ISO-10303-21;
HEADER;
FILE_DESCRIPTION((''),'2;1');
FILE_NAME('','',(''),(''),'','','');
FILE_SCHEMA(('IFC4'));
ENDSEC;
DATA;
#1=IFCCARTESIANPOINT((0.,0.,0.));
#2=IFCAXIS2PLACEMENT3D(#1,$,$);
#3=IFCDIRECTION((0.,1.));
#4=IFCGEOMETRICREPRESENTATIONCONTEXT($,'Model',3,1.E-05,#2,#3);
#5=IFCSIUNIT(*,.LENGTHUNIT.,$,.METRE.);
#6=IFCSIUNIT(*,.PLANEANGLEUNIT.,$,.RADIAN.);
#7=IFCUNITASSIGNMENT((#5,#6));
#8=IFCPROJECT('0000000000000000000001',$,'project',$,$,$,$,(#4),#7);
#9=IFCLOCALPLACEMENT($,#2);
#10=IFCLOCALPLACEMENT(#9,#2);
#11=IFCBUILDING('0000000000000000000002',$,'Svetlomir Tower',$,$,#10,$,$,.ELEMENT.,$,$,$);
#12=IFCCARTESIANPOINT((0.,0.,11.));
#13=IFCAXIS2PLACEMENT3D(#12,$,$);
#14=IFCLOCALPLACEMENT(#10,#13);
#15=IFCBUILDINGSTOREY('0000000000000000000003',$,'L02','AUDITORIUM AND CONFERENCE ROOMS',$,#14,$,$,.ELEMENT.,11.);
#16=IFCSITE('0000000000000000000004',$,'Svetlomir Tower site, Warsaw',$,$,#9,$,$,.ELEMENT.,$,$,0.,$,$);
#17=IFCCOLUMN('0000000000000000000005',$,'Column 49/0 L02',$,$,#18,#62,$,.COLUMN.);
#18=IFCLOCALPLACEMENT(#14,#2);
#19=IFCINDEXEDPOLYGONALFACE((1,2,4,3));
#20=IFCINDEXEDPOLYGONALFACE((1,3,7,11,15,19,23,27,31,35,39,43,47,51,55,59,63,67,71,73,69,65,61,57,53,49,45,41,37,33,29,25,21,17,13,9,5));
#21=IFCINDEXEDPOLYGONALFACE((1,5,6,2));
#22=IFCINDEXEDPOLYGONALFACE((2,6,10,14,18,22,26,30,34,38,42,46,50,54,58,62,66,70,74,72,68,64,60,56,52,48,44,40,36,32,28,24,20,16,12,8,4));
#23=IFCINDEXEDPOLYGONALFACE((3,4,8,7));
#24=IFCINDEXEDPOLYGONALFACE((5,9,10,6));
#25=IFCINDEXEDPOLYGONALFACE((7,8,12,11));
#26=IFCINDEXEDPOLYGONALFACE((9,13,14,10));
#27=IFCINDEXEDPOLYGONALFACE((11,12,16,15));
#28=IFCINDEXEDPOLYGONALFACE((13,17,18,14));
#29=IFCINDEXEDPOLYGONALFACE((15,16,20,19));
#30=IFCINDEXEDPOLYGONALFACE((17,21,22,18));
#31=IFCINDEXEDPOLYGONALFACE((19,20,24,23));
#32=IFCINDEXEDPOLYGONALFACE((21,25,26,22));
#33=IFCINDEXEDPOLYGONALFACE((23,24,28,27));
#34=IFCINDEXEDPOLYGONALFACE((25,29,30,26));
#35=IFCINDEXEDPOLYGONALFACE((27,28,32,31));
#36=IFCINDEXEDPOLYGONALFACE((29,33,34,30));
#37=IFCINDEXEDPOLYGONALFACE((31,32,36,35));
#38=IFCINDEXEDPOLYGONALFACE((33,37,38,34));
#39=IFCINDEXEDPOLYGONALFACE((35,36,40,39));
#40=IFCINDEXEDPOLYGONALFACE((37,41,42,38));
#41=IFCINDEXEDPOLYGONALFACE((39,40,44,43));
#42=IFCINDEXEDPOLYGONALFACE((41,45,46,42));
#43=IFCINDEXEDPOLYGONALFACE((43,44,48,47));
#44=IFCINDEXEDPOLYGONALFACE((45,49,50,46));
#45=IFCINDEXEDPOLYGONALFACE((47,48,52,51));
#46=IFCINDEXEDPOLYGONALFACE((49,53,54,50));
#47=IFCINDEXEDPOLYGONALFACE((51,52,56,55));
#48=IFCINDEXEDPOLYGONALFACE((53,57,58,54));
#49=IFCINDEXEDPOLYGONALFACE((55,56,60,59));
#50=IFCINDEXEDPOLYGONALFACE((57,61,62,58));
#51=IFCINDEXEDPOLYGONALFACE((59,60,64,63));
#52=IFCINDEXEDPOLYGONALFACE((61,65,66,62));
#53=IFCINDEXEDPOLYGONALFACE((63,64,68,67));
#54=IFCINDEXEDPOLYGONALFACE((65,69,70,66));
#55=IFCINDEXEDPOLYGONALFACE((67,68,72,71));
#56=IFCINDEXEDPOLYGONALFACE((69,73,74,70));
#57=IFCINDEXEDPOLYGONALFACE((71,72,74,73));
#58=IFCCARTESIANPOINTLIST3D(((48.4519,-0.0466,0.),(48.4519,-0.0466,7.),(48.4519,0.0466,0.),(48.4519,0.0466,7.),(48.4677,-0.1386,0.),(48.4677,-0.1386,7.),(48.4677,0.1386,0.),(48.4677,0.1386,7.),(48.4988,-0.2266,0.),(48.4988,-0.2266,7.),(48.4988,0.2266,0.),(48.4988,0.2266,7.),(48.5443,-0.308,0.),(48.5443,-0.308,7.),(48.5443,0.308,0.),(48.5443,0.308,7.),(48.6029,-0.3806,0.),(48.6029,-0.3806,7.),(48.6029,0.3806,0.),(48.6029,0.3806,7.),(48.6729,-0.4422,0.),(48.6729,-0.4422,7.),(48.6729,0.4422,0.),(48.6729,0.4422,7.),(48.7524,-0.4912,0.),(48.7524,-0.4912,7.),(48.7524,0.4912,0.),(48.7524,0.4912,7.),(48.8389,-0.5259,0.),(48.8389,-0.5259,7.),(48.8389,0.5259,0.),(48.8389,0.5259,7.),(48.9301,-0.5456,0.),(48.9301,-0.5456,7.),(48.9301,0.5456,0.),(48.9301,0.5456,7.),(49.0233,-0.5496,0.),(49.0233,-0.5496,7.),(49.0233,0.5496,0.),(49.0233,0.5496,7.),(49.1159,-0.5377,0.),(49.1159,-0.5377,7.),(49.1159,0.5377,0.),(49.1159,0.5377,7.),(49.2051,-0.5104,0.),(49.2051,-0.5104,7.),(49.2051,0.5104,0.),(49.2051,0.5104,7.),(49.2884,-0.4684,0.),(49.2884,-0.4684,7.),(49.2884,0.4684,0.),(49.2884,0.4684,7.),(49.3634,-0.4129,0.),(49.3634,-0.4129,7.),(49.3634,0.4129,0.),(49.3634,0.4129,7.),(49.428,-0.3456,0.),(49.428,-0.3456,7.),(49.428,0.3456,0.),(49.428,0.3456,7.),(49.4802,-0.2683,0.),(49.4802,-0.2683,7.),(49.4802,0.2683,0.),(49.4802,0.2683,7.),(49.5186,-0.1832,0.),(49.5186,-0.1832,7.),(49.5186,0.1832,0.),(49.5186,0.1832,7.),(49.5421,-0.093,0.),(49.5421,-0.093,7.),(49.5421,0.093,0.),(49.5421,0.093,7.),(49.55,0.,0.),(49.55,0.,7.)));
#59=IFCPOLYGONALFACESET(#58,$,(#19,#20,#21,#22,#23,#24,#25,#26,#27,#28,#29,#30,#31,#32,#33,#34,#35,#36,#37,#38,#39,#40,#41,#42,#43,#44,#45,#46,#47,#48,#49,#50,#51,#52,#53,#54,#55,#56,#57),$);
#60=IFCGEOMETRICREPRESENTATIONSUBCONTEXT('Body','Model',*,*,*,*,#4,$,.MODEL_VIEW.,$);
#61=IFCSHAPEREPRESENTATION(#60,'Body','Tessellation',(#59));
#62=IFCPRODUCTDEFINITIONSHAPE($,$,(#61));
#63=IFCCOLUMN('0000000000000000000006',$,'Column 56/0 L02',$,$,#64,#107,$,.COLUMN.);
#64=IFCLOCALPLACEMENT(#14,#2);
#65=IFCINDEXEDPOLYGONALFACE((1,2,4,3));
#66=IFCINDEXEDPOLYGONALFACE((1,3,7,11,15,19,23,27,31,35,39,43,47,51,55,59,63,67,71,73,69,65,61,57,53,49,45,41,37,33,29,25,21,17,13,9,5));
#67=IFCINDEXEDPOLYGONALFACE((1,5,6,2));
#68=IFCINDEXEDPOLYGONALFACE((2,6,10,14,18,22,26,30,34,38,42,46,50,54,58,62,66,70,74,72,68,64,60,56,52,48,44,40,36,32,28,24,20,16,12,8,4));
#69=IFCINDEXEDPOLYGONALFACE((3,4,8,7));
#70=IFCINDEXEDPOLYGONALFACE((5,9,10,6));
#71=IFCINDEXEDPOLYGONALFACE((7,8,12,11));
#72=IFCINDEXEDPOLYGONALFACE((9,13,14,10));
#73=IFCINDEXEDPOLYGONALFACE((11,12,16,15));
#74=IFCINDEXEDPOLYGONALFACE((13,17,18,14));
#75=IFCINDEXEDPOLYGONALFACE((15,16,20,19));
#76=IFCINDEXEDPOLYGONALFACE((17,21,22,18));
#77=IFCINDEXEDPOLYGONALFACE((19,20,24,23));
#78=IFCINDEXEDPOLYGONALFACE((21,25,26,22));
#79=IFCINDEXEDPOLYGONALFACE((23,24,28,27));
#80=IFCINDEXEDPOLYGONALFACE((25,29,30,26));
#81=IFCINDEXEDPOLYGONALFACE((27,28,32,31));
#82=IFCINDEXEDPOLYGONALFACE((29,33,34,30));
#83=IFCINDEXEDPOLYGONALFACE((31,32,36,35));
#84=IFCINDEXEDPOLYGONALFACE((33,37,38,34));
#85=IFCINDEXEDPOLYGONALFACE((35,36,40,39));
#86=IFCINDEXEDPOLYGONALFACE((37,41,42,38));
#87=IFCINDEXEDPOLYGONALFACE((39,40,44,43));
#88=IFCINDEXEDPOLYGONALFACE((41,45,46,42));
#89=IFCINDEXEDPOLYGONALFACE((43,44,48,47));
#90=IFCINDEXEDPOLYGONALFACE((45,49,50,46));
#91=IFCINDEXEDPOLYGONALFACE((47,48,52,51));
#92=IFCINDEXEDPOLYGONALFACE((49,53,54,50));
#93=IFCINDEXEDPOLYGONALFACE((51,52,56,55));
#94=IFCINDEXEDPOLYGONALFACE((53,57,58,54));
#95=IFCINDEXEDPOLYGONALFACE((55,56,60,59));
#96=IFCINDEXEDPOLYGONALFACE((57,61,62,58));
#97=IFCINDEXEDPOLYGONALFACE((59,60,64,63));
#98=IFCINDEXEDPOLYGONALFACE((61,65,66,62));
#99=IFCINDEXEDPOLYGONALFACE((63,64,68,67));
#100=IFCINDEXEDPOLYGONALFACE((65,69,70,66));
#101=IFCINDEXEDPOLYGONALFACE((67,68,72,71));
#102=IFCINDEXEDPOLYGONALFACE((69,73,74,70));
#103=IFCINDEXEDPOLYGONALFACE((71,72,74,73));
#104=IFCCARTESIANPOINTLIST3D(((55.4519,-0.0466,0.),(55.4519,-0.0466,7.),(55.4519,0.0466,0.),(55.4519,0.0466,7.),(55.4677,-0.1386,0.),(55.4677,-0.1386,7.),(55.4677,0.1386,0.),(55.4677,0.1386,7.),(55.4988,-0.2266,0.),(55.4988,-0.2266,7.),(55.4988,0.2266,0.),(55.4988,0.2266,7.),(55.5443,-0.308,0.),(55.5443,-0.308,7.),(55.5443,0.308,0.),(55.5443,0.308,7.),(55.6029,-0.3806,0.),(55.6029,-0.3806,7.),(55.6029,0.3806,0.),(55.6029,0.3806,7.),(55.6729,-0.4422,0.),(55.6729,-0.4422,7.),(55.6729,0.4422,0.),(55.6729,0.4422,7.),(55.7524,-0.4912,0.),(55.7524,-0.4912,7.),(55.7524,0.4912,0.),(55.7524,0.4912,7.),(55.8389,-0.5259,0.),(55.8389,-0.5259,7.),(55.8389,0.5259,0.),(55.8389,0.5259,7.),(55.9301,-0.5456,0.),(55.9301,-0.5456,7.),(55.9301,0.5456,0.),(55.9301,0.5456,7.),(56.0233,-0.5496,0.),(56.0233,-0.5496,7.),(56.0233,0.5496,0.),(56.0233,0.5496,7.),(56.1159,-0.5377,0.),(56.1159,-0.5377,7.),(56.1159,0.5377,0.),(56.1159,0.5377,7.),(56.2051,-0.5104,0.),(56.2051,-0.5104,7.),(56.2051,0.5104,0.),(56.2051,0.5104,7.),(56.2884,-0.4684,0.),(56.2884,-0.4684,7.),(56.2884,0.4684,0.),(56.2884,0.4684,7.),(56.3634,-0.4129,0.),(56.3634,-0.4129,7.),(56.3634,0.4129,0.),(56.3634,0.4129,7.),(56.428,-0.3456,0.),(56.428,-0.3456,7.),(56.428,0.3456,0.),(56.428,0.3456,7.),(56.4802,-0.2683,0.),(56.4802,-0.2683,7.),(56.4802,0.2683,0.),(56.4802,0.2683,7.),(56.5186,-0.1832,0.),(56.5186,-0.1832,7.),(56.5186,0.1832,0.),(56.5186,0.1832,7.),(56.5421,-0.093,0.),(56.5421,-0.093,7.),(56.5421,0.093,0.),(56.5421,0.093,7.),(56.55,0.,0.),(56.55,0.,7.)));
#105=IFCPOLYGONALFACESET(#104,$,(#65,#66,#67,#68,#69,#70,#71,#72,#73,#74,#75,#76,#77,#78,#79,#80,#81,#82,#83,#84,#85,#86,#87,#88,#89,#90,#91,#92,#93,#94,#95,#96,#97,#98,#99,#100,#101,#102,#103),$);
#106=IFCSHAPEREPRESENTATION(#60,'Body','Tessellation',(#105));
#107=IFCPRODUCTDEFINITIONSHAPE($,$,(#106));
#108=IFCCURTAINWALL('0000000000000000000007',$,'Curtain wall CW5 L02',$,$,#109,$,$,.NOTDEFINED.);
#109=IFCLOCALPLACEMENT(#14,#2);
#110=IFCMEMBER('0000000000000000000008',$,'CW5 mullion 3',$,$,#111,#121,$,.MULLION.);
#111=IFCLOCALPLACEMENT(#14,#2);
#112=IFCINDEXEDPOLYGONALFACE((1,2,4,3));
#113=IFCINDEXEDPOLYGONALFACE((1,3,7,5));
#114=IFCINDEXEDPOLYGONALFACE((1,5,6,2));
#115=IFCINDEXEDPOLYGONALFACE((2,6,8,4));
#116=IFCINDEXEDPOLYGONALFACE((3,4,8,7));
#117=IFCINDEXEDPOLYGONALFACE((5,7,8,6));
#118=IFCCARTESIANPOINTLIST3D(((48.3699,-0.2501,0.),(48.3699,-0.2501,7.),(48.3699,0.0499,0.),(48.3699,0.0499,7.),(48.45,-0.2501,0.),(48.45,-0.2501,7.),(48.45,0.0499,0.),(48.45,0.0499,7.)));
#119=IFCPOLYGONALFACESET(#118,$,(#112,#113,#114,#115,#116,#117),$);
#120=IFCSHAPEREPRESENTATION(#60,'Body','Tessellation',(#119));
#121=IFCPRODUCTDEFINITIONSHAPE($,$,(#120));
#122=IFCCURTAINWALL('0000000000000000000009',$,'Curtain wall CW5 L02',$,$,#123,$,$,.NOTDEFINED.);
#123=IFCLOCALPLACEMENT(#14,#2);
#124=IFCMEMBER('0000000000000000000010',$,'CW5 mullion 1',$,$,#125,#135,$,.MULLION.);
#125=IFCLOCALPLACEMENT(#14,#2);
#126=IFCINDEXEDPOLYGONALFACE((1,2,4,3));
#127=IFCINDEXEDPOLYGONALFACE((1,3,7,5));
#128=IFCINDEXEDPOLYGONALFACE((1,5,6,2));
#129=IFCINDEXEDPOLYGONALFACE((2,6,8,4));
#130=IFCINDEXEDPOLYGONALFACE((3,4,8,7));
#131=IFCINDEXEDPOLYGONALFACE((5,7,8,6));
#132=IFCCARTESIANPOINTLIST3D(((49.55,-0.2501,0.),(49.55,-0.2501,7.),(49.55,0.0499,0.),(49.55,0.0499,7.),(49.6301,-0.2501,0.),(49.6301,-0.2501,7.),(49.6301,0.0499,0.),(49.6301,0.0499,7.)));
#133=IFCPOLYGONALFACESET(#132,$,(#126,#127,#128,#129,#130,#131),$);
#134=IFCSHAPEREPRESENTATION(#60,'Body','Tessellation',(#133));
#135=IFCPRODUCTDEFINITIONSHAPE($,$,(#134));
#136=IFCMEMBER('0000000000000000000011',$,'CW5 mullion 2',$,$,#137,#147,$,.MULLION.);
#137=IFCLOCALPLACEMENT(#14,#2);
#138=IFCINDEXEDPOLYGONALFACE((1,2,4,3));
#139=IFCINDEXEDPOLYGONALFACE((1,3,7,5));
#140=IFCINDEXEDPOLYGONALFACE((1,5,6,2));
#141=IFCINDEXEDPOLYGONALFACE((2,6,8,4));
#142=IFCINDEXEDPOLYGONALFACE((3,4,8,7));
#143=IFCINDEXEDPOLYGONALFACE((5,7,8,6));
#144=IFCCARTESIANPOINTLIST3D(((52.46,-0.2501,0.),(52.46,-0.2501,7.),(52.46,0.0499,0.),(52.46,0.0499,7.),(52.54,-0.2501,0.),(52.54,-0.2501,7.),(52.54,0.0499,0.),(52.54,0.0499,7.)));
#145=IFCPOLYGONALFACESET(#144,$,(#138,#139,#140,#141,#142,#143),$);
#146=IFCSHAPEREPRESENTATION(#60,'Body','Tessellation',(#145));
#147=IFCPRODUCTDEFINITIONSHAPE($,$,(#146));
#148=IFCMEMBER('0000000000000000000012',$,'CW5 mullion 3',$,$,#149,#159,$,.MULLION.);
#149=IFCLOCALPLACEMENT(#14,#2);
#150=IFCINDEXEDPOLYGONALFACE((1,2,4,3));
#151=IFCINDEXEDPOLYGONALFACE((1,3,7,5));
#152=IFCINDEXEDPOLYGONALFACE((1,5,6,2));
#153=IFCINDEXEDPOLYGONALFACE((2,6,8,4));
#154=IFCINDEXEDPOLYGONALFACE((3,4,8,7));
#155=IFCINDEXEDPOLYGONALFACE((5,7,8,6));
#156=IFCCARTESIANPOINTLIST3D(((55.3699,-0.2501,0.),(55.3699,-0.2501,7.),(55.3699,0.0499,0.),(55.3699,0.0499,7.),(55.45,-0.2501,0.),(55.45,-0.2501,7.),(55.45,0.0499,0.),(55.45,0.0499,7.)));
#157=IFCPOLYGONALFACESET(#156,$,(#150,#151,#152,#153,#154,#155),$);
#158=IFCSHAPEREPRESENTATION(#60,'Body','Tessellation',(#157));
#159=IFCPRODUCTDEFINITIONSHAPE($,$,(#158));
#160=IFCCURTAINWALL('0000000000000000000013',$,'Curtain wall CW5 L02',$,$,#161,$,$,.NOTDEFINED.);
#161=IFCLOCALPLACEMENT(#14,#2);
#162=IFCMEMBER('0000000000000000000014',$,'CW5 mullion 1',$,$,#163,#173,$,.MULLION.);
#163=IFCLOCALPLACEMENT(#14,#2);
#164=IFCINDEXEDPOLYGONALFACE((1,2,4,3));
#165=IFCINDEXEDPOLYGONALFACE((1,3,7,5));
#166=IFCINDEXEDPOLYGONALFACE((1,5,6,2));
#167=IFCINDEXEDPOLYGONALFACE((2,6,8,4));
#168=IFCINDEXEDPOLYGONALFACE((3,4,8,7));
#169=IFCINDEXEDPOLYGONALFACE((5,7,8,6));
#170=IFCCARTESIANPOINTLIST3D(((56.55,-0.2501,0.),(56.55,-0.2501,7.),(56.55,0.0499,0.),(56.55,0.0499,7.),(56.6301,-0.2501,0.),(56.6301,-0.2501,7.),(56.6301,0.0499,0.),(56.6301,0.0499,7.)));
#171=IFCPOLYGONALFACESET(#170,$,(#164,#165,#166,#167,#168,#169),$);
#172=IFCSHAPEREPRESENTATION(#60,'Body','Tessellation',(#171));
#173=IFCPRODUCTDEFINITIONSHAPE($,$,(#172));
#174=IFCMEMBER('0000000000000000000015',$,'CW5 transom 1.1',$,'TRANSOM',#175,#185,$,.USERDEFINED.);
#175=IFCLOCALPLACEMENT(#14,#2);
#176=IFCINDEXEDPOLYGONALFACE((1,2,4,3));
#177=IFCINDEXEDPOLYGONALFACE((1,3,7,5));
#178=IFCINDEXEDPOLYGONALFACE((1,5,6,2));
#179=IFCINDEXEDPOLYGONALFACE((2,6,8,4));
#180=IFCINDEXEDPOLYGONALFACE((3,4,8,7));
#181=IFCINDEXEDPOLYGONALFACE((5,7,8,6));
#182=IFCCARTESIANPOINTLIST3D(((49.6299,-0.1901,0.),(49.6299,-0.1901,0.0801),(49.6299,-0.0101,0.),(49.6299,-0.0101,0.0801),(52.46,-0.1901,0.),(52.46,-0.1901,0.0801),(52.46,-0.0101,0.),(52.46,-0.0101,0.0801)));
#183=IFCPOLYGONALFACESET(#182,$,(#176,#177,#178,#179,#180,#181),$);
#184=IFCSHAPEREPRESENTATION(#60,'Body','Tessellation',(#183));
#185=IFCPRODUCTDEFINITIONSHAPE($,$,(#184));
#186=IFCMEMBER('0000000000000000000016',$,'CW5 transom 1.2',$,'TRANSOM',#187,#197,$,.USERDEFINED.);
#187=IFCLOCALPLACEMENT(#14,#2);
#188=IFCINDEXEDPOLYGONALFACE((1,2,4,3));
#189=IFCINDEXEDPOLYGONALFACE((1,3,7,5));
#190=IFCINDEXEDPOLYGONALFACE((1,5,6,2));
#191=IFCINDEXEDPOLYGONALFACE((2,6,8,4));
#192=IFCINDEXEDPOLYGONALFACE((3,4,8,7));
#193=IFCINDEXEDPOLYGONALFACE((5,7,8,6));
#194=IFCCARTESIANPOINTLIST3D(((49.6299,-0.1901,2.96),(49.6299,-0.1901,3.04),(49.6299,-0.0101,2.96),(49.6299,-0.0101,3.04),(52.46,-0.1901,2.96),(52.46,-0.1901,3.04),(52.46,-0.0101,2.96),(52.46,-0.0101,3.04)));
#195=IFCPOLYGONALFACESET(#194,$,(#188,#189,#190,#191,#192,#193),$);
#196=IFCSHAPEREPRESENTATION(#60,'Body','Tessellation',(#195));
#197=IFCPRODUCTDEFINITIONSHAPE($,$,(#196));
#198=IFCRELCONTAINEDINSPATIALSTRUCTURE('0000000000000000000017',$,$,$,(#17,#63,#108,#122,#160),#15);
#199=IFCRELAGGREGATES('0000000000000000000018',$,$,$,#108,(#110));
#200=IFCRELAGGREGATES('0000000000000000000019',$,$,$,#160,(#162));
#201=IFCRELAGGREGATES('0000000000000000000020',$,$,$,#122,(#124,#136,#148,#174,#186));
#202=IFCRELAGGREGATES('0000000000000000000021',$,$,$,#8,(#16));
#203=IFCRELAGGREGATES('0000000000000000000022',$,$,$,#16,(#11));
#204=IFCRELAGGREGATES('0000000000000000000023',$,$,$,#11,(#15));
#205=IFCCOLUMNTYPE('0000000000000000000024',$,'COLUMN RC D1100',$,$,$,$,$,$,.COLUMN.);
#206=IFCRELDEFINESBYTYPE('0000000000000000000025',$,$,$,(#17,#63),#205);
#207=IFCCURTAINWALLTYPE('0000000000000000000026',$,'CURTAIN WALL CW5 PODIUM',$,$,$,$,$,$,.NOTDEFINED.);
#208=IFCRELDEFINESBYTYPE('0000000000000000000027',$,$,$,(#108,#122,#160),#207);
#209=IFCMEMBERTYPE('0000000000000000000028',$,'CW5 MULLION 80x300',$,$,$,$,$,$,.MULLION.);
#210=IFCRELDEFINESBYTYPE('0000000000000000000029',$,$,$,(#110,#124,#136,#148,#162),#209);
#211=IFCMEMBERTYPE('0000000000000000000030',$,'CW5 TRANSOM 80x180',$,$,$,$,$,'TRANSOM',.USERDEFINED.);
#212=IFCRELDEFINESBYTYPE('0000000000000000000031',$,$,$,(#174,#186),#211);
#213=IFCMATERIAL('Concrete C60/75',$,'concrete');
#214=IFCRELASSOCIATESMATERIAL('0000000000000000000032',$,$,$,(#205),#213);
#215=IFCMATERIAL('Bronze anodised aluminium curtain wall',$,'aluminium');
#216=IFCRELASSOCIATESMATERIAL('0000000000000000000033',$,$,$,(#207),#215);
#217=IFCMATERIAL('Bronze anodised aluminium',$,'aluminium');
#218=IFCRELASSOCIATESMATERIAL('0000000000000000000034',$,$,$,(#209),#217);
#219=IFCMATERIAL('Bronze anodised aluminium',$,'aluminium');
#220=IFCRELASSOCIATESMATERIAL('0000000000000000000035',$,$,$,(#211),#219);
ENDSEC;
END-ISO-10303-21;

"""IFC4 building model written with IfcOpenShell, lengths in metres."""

from ifc_helpers import new_model, si_unit, direction, frame, origin, origin_2d, place, context, subcontext, project, spatial, rectangle, circle, extrude, material, material_profile, profile_set, type_object, element, aggregate, save


model = new_model("IFC4")

# Units and contexts
model_context = context("Model", 3, precision=1e-05, world=origin(), true_north=direction((0.0, 1.0)))
body_context = subcontext(model_context, "Body", "Model", "MODEL_VIEW")
ifc_project = project(units=[si_unit("LENGTHUNIT", "METRE"), si_unit("PLANEANGLEUNIT", "RADIAN")], contexts=[model_context])

# Site, building, storey
site_placement = place(None, origin())
site = spatial("IfcSite", under=ifc_project, at=site_placement, Name="Svetlomir Tower site, Warsaw", CompositionType="ELEMENT", RefElevation=0.0)
building_placement = place(site_placement, origin())
building = spatial("IfcBuilding", under=site, at=building_placement, Name="Svetlomir Tower", CompositionType="ELEMENT")
storey_placement = place(building_placement, frame((0.0, 0.0, 11.0)))
storey = spatial("IfcBuildingStorey", under=building, at=storey_placement, Name="L02", Description="AUDITORIUM AND CONFERENCE ROOMS", CompositionType="ELEMENT", Elevation=11.0)

# Columns
ifc_material_1 = material(Name="Concrete C60/75", Category="concrete")
ifc_material_profile_1 = material_profile(ifc_material_1, circle(Radius=0.55, at=origin_2d()), Name="RC D1100")
ifc_profile_set_1 = profile_set([ifc_material_profile_1], Name="Concrete C60/75")
column_type = type_object("IfcColumnType", Name="COLUMN RC D1100", PredefinedType="COLUMN", material=ifc_profile_set_1)
for number, where, z_axis, x_axis, name in (
    (1, (49.0, 0.0, 0.0), (0.0, 0.0, 1.0), (1.0, 0.0, 0.0), "Column 49/0 L02"),
    (2, (56.0, 0.0, 0.0), (0.0, 0.0, 1.0), (1.0, 0.0, 0.0), "Column 56/0 L02"),
):
    element("IfcColumn", number, at=place(storey_placement, frame(where, z_axis=z_axis, x_axis=x_axis)), inside=storey, type_object=column_type, Name=name, PredefinedType="COLUMN", context=body_context, shape_type="SweptSolid", body=[
        extrude(circle(Radius=0.55, at=origin_2d()), origin(), (0.0, 0.0, 1.0), 7.0),
    ])

# Curtain wall, member
ifc_material_2 = material(Name="Bronze anodised aluminium curtain wall", Category="aluminium")
curtain_wall_type = type_object("IfcCurtainWallType", Name="CURTAIN WALL CW5 PODIUM", PredefinedType="NOTDEFINED", material=ifc_material_2)
curtain_wall_1_placement = place(storey_placement, origin())
curtain_wall_1 = element("IfcCurtainWall", 3, at=curtain_wall_1_placement, inside=storey, type_object=curtain_wall_type, Name="Curtain wall CW5 L02", PredefinedType="NOTDEFINED")
ifc_material_3 = material(Name="Bronze anodised aluminium", Category="aluminium")
ifc_material_profile_2 = material_profile(ifc_material_3, rectangle(XDim=0.0801, YDim=0.3, at=origin_2d()), Name="AL 80x300")
ifc_profile_set_2 = profile_set([ifc_material_profile_2], Name="Bronze anodised aluminium 6063-T6")
member_type_1 = type_object("IfcMemberType", Name="CW5 MULLION 80x300", PredefinedType="MULLION", material=ifc_profile_set_2)
member_1_placement = place(storey_placement, frame((48.4099, -0.1001, 0.0), z_axis=(0.0, 0.0, 1.0), x_axis=(1.0, 0.0, 0.0)))
member_1 = element("IfcMember", 4, at=member_1_placement, type_object=member_type_1, Name="CW5 mullion 3", PredefinedType="MULLION", context=body_context, shape_type="SweptSolid", body=[
    extrude(rectangle(XDim=0.0801, YDim=0.3, at=origin_2d()), origin(), (0.0, 0.0, 1.0), 7.0),
])
aggregate(curtain_wall_1, [member_1])

# Curtain wall, members
curtain_wall_2_placement = place(storey_placement, origin())
curtain_wall_2 = element("IfcCurtainWall", 5, at=curtain_wall_2_placement, inside=storey, type_object=curtain_wall_type, Name="Curtain wall CW5 L02", PredefinedType="NOTDEFINED")
member_2_placement = place(storey_placement, frame((49.5901, -0.1001, 0.0), z_axis=(0.0, 0.0, 1.0), x_axis=(1.0, 0.0, 0.0)))
member_2 = element("IfcMember", 6, at=member_2_placement, type_object=member_type_1, Name="CW5 mullion 1", PredefinedType="MULLION", context=body_context, shape_type="SweptSolid", body=[
    extrude(rectangle(XDim=0.0801, YDim=0.3, at=origin_2d()), origin(), (0.0, 0.0, 1.0), 7.0),
])
member_3_placement = place(storey_placement, frame((52.5, -0.1001, 0.0), z_axis=(0.0, 0.0, 1.0), x_axis=(1.0, 0.0, 0.0)))
member_3 = element("IfcMember", 7, at=member_3_placement, type_object=member_type_1, Name="CW5 mullion 2", PredefinedType="MULLION", context=body_context, shape_type="SweptSolid", body=[
    extrude(rectangle(XDim=0.0801, YDim=0.3, at=origin_2d()), origin(), (0.0, 0.0, 1.0), 7.0),
])
member_4_placement = place(storey_placement, frame((55.4099, -0.1001, 0.0), z_axis=(0.0, 0.0, 1.0), x_axis=(1.0, 0.0, 0.0)))
member_4 = element("IfcMember", 8, at=member_4_placement, type_object=member_type_1, Name="CW5 mullion 3", PredefinedType="MULLION", context=body_context, shape_type="SweptSolid", body=[
    extrude(rectangle(XDim=0.0801, YDim=0.3, at=origin_2d()), origin(), (0.0, 0.0, 1.0), 7.0),
])

# Curtain wall, member
curtain_wall_3_placement = place(storey_placement, origin())
curtain_wall_3 = element("IfcCurtainWall", 9, at=curtain_wall_3_placement, inside=storey, type_object=curtain_wall_type, Name="Curtain wall CW5 L02", PredefinedType="NOTDEFINED")
member_5_placement = place(storey_placement, frame((56.5901, -0.1001, 0.0), z_axis=(0.0, 0.0, 1.0), x_axis=(1.0, 0.0, 0.0)))
member_5 = element("IfcMember", 10, at=member_5_placement, type_object=member_type_1, Name="CW5 mullion 1", PredefinedType="MULLION", context=body_context, shape_type="SweptSolid", body=[
    extrude(rectangle(XDim=0.0801, YDim=0.3, at=origin_2d()), origin(), (0.0, 0.0, 1.0), 7.0),
])

# Members
ifc_material_4 = material(Name="Bronze anodised aluminium", Category="aluminium")
ifc_material_profile_3 = material_profile(ifc_material_4, rectangle(XDim=0.1799, YDim=0.0801, at=origin_2d()), Name="AL 180x80")
ifc_profile_set_3 = profile_set([ifc_material_profile_3], Name="Bronze anodised aluminium 6063-T6")
member_type_2 = type_object("IfcMemberType", Name="CW5 TRANSOM 80x180", ElementType="TRANSOM", PredefinedType="USERDEFINED", material=ifc_profile_set_3)
member_6_placement = place(storey_placement, frame((49.6299, -0.1001, 0.04), z_axis=(1.0, 0.0, 0.0), x_axis=(0.0, 1.0, 0.0)))
member_6 = element("IfcMember", 11, at=member_6_placement, type_object=member_type_2, Name="CW5 transom 1.1", ObjectType="TRANSOM", PredefinedType="USERDEFINED", context=body_context, shape_type="SweptSolid", body=[
    extrude(rectangle(XDim=0.1799, YDim=0.0801, at=origin_2d()), origin(), (0.0, 0.0, 1.0), 2.8301),
])
member_7_placement = place(storey_placement, frame((49.6299, -0.1001, 3.0), z_axis=(1.0, 0.0, 0.0), x_axis=(0.0, 1.0, 0.0)))
member_7 = element("IfcMember", 12, at=member_7_placement, type_object=member_type_2, Name="CW5 transom 1.2", ObjectType="TRANSOM", PredefinedType="USERDEFINED", context=body_context, shape_type="SweptSolid", body=[
    extrude(rectangle(XDim=0.1799, YDim=0.0801, at=origin_2d()), origin(), (0.0, 0.0, 1.0), 2.8301),
])
aggregate(curtain_wall_3, [member_5])

aggregate(curtain_wall_2, [member_2, member_3, member_4, member_6, member_7])

save(model, "model.ifc")
